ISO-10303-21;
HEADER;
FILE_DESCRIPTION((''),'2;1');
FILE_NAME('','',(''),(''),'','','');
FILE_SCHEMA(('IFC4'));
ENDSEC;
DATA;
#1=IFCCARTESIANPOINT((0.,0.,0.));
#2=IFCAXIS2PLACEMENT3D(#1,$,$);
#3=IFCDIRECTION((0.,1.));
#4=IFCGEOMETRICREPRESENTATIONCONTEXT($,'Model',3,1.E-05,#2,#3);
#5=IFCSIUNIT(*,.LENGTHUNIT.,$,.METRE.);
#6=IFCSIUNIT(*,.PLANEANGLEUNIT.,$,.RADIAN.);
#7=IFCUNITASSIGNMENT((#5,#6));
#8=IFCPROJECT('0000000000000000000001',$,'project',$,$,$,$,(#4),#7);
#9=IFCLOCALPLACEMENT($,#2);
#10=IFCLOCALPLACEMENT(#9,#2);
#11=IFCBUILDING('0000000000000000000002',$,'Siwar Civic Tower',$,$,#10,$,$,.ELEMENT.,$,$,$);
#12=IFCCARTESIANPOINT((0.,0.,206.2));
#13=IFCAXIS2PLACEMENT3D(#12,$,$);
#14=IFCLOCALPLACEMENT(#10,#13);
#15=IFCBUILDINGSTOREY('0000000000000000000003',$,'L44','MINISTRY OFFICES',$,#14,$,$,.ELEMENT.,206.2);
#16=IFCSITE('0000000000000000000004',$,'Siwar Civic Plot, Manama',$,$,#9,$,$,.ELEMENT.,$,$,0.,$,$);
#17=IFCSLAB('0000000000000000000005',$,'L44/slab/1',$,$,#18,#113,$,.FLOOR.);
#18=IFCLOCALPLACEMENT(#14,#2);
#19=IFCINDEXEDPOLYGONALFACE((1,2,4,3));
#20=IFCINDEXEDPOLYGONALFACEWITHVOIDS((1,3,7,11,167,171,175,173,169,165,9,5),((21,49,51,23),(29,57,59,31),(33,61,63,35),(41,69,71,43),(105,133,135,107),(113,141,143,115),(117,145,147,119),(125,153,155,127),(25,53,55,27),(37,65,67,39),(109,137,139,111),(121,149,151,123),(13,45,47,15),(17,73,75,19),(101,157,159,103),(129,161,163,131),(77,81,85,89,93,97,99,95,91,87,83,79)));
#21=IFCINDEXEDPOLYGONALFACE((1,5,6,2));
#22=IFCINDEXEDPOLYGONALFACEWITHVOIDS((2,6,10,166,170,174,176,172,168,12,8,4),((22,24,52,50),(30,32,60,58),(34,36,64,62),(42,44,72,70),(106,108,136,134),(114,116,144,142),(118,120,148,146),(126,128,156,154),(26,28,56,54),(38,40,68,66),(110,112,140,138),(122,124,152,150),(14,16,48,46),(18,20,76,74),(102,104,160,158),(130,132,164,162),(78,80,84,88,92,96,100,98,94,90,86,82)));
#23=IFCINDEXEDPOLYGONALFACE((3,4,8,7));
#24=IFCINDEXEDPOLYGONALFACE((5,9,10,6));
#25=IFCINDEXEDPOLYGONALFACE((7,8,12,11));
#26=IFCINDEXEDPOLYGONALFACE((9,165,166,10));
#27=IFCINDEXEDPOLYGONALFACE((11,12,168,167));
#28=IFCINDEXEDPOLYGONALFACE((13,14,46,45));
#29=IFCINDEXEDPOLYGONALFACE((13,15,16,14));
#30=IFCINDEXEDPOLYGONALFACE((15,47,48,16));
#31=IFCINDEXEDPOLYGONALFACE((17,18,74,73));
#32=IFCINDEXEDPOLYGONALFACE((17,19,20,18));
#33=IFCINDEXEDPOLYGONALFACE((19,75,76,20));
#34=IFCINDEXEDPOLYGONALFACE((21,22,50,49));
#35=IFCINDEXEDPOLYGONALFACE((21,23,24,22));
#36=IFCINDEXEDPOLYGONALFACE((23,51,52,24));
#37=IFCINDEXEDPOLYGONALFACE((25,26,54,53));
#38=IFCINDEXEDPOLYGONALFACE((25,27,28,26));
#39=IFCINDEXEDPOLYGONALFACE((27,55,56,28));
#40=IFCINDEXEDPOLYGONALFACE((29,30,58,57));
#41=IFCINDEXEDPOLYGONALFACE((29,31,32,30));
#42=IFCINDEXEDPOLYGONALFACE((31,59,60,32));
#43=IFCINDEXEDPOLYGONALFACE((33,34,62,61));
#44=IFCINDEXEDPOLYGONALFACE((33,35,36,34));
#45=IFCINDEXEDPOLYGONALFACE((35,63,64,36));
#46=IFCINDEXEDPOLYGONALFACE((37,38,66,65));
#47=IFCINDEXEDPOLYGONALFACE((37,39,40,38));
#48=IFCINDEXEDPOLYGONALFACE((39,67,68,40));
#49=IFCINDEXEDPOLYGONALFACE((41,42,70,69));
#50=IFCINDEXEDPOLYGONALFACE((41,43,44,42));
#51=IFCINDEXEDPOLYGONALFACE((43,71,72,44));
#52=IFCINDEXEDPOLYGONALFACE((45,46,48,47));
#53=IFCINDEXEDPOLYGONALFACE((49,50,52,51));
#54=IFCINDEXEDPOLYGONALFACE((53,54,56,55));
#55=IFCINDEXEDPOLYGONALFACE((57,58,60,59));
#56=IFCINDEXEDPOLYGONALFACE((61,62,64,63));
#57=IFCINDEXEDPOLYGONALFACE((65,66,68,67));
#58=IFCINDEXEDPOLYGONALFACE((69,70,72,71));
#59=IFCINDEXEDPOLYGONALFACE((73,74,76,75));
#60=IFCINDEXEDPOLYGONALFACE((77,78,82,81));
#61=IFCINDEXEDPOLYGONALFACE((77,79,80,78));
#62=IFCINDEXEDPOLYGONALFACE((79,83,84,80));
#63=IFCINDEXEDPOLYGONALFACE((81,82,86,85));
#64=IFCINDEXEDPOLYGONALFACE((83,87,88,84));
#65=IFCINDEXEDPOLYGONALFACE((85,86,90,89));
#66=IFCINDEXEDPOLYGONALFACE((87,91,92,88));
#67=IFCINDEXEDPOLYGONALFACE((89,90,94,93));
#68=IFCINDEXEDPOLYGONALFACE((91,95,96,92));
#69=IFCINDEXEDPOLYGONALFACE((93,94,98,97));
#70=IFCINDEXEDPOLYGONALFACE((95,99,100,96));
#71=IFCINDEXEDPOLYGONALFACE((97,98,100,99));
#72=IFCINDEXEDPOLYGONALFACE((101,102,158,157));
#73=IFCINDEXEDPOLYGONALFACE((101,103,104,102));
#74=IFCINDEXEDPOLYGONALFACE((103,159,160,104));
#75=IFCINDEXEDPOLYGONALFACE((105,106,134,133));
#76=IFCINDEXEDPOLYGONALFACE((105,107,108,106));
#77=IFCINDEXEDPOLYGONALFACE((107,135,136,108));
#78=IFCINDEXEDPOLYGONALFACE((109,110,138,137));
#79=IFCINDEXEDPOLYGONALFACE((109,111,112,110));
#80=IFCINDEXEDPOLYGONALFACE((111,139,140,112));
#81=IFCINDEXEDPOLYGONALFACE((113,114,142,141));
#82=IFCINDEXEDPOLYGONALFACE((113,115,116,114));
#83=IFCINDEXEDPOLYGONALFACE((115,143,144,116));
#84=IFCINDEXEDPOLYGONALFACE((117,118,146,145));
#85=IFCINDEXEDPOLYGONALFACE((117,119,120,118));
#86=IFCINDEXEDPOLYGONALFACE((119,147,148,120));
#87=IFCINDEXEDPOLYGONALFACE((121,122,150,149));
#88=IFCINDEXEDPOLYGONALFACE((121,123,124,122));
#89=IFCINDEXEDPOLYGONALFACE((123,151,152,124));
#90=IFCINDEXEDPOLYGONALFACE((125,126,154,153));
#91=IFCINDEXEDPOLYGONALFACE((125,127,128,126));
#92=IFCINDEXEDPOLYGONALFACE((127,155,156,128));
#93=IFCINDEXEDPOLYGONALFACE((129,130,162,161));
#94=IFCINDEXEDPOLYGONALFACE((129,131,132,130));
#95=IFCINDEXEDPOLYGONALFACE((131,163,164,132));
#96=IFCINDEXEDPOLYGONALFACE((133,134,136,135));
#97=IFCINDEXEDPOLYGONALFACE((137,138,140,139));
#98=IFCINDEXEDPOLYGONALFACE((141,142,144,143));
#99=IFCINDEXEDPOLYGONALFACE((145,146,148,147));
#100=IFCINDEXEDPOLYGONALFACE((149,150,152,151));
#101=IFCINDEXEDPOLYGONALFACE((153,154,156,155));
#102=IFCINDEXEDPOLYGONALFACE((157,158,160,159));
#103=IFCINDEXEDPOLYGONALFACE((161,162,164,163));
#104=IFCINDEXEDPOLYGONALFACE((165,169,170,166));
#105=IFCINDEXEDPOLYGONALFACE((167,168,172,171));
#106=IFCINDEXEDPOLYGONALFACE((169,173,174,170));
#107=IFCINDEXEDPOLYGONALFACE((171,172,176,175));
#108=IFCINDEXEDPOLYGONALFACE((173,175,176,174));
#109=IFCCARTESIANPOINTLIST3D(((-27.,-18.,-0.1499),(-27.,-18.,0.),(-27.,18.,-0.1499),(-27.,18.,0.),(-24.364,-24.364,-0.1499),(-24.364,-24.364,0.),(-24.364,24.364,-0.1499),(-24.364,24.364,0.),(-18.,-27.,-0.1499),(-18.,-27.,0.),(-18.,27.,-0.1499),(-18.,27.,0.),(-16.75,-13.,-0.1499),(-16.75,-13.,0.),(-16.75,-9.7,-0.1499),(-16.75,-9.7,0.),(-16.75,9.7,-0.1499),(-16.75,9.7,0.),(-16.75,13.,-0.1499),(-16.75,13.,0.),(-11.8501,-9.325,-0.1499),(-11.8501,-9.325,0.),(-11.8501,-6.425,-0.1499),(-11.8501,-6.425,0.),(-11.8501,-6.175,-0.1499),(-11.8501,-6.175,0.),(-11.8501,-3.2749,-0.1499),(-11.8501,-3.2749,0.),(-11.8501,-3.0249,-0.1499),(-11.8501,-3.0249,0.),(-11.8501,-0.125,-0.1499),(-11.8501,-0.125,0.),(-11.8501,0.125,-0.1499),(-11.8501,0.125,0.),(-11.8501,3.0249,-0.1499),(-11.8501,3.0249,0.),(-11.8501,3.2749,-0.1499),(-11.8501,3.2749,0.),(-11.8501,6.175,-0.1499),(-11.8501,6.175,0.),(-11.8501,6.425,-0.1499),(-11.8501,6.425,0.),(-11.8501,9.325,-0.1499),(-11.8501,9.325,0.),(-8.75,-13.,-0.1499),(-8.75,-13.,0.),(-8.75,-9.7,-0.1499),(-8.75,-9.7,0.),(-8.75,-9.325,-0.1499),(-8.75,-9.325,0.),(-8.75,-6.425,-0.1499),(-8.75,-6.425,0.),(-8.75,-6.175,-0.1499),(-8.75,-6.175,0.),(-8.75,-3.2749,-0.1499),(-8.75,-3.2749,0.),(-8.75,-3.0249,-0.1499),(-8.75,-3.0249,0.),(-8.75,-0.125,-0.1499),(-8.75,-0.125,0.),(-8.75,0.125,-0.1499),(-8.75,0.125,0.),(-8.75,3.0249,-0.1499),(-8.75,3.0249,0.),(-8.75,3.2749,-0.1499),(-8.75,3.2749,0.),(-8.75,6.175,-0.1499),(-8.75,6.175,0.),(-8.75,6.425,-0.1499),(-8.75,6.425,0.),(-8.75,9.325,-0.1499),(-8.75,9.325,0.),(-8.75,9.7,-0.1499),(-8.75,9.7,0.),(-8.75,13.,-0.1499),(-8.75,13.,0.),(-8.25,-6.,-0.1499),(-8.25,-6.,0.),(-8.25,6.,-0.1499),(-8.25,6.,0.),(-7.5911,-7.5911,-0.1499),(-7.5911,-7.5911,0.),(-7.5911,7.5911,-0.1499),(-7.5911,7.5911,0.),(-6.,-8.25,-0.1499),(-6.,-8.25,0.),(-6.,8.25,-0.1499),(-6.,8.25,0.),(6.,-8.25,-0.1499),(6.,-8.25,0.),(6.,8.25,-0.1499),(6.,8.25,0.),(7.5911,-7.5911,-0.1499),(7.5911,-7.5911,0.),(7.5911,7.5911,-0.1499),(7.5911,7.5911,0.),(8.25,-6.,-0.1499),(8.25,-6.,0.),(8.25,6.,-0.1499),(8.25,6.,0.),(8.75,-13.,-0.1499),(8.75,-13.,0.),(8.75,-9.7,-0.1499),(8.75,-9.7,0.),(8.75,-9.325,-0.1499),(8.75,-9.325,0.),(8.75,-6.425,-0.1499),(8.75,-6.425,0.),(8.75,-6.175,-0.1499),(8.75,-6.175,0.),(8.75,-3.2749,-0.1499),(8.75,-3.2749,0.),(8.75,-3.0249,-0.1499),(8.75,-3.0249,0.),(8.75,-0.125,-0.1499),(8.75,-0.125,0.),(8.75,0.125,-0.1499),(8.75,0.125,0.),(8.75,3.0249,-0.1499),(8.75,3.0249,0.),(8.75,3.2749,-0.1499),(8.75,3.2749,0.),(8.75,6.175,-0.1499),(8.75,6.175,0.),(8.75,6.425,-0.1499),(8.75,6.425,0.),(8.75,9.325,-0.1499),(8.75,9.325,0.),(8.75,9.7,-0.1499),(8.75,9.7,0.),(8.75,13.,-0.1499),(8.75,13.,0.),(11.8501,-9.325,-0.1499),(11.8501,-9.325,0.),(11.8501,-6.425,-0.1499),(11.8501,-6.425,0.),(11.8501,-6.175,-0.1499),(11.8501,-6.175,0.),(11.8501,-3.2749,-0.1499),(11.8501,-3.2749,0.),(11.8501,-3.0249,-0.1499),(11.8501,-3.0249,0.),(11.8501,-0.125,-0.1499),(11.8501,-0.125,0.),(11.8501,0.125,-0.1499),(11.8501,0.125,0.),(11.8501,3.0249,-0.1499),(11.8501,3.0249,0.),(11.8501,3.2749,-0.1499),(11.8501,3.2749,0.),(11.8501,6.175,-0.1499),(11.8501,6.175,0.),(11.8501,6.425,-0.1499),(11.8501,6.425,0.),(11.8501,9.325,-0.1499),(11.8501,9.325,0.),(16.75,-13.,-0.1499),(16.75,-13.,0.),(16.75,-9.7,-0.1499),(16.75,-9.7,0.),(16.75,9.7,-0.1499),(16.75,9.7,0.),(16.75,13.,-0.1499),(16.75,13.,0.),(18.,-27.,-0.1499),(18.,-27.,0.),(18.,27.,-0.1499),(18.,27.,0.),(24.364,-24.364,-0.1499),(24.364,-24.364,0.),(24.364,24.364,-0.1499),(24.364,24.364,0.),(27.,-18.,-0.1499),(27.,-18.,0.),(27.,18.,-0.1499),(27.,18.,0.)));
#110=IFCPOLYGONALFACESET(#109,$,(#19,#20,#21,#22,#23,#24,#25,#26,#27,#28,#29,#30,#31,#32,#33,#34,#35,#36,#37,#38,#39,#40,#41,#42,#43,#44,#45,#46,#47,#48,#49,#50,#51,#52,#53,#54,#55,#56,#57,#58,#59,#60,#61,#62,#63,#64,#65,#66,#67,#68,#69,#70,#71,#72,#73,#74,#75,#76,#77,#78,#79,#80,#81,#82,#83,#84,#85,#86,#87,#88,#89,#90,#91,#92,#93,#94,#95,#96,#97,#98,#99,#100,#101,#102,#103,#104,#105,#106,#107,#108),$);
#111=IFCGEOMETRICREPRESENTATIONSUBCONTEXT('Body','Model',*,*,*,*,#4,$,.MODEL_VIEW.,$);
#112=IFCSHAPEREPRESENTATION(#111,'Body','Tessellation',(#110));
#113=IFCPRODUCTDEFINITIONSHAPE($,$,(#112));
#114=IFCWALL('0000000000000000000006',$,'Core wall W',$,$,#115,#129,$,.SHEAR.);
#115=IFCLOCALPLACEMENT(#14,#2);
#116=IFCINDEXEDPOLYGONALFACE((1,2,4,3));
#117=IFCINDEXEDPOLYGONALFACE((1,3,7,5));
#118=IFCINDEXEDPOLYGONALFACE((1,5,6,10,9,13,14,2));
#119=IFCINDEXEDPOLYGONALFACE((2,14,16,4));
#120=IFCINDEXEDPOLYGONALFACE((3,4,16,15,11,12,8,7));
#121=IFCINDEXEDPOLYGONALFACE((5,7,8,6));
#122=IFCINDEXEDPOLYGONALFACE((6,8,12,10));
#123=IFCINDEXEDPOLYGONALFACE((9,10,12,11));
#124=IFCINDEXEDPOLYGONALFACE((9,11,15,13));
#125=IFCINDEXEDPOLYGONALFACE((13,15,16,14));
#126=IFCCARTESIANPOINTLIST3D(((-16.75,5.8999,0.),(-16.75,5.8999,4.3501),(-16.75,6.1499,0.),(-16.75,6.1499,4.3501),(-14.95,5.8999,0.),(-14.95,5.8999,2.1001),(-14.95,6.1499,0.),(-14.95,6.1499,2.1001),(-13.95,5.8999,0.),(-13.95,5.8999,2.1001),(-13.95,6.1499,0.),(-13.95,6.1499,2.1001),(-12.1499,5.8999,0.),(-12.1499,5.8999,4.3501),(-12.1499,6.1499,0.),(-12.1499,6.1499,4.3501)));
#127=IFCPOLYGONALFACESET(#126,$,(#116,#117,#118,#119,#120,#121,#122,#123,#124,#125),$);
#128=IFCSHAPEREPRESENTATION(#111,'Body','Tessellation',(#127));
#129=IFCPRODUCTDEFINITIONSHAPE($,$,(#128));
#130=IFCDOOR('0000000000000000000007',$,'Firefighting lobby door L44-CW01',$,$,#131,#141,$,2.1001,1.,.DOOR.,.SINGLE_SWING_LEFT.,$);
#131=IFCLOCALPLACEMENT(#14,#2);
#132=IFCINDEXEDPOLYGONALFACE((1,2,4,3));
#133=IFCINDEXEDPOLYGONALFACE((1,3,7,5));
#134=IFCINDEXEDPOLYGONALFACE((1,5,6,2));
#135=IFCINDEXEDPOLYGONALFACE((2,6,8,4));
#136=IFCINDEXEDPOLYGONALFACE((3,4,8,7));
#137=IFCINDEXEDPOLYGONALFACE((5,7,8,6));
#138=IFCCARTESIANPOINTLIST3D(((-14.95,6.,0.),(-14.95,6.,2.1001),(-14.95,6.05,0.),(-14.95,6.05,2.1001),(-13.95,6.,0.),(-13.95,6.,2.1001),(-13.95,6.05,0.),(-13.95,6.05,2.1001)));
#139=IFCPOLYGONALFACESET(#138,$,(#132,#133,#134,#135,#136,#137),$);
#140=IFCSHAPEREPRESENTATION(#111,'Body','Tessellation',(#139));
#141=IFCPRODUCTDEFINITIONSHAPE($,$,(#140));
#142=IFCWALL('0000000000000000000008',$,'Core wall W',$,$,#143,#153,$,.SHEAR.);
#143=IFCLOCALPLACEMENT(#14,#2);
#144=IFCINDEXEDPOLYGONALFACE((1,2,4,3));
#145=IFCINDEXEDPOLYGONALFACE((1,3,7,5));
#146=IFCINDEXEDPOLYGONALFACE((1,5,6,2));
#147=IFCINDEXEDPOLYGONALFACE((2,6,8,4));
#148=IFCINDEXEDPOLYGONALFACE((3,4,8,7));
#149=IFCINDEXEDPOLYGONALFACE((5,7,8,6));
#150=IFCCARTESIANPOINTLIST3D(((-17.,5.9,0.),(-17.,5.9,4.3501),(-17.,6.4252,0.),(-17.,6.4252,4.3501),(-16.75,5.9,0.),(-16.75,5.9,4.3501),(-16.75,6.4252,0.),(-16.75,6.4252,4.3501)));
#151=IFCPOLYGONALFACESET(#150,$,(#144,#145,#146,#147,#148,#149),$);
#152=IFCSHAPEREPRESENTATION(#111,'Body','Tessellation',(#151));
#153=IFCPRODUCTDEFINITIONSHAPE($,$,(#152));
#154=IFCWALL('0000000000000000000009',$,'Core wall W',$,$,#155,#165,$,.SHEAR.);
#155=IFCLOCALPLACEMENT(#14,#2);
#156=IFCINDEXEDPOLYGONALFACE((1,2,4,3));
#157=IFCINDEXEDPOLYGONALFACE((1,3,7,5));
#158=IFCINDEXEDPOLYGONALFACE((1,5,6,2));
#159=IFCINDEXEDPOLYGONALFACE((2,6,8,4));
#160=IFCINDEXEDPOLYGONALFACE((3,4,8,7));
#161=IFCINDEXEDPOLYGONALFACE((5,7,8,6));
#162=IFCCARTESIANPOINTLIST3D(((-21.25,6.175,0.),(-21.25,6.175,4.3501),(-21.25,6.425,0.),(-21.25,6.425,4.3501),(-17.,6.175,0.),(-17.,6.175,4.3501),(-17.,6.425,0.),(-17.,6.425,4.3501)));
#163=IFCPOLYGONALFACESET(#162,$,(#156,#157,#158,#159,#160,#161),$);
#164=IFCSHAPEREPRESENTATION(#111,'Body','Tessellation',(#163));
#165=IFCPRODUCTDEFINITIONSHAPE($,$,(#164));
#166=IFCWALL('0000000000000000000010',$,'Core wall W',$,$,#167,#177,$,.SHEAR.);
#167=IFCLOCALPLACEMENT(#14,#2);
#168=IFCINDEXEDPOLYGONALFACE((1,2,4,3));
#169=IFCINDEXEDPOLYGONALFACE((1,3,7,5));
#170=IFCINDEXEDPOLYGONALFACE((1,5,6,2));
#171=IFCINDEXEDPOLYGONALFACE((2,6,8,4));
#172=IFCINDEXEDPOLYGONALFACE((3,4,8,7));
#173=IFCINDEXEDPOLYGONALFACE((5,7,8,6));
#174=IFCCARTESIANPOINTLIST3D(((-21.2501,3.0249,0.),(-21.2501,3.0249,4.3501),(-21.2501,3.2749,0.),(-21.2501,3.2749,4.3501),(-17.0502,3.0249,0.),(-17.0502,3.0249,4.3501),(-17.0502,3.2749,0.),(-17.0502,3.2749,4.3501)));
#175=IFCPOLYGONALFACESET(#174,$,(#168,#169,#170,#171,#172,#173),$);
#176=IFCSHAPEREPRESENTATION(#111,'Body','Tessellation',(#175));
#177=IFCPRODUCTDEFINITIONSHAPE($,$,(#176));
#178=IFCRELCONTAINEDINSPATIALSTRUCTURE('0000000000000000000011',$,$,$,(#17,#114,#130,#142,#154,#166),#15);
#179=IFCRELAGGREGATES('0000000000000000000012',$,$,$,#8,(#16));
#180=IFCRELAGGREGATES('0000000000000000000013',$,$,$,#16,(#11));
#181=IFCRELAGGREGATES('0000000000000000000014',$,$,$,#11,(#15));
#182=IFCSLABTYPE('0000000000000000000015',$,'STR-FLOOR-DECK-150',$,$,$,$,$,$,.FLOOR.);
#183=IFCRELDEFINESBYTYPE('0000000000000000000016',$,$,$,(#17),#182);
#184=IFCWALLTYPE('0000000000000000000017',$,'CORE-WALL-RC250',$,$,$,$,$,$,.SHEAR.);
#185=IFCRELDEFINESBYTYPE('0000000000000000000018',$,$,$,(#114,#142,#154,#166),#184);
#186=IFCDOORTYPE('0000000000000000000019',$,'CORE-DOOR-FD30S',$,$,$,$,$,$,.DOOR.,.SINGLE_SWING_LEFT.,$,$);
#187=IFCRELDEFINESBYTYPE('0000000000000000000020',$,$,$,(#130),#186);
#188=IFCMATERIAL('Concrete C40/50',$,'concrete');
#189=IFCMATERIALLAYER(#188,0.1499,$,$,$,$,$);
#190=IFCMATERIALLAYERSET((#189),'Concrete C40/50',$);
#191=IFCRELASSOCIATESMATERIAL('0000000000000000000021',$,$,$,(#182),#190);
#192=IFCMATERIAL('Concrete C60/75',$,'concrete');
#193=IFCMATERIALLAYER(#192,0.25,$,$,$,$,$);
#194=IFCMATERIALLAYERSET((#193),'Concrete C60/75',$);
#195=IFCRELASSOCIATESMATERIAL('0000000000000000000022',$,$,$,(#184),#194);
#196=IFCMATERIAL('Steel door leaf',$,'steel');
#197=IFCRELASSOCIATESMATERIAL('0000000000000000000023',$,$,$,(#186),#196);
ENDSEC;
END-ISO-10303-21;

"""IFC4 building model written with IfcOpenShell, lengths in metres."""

from ifc_helpers import new_model, si_unit, direction, frame, frame_2d, origin, place, context, subcontext, project, spatial, polyline, rectangle, outline, extrude, material, layer, layer_set, type_object, element, fill, save


model = new_model("IFC4")

# Units and contexts
model_context = context("Model", 3, precision=1e-05, world=origin(), true_north=direction((0.0, 1.0)))
body_context = subcontext(model_context, "Body", "Model", "MODEL_VIEW")
ifc_project = project(units=[si_unit("LENGTHUNIT", "METRE"), si_unit("PLANEANGLEUNIT", "RADIAN")], contexts=[model_context])

# Site, building, storey
site_placement = place(None, origin())
site = spatial("IfcSite", under=ifc_project, at=site_placement, Name="Siwar Civic Plot, Manama", CompositionType="ELEMENT", RefElevation=0.0)
building_placement = place(site_placement, origin())
building = spatial("IfcBuilding", under=site, at=building_placement, Name="Siwar Civic Tower", CompositionType="ELEMENT")
storey_placement = place(building_placement, frame((0.0, 0.0, 206.2)))
storey = spatial("IfcBuildingStorey", under=building, at=storey_placement, Name="L44", Description="MINISTRY OFFICES", CompositionType="ELEMENT", Elevation=206.2)

# Slab
ifc_material_1 = material(Name="Concrete C40/50", Category="concrete")
ifc_layer_1 = layer(ifc_material_1, 0.1499)
ifc_layer_set_1 = layer_set([ifc_layer_1], Name="Concrete C40/50")
slab_type_1 = type_object("IfcSlabType", Name="STR-FLOOR-DECK-150", PredefinedType="FLOOR", material=ifc_layer_set_1)
slab_1_placement = place(storey_placement, frame((0.0, 0.0, -0.1499)))
element("IfcSlab", 1, at=slab_1_placement, inside=storey, type_object=slab_type_1, Name="L44/slab/1", PredefinedType="FLOOR", context=body_context, shape_type="SweptSolid", body=[
    extrude(outline(polyline([(-18.0, -27.0), (18.0, -27.0), (24.364, -24.364), (27.0, -18.0), (27.0, 18.0), (24.364, 24.364), (18.0, 27.0), (-18.0, 27.0), (-24.364, 24.364), (-27.0, 18.0), (-27.0, -18.0), (-24.364, -24.364), (-18.0, -27.0)]), holes=[polyline([(16.75, 13.0), (16.75, 9.7), (8.75, 9.7), (8.75, 13.0), (16.75, 13.0)]), polyline([(8.75, -9.7), (16.75, -9.7), (16.75, -13.0), (8.75, -13.0), (8.75, -9.7)]), polyline([(11.8501, 9.325), (11.8501, 6.425), (8.75, 6.425), (8.75, 9.325), (11.8501, 9.325)]), polyline([(8.75, 6.175), (11.8501, 6.175), (11.8501, 3.2749), (8.75, 3.2749), (8.75, 6.175)]), polyline([(8.75, 3.0249), (11.8501, 3.0249), (11.8501, 0.125), (8.75, 0.125), (8.75, 3.0249)]), polyline([(8.75, -0.125), (11.8501, -0.125), (11.8501, -3.0249), (8.75, -3.0249), (8.75, -0.125)]), polyline([(8.75, -3.2749), (11.8501, -3.2749), (11.8501, -6.175), (8.75, -6.175), (8.75, -3.2749)]), polyline([(8.75, -6.425), (11.8501, -6.425), (11.8501, -9.325), (8.75, -9.325), (8.75, -6.425)]), polyline([(-6.0, 8.25), (6.0, 8.25), (7.5911, 7.5911), (8.25, 6.0), (8.25, -6.0), (7.5911, -7.5911), (6.0, -8.25), (-6.0, -8.25), (-7.5911, -7.5911), (-8.25, -6.0), (-8.25, 6.0), (-7.5911, 7.5911), (-6.0, 8.25)]), polyline([(-8.75, -13.0), (-16.75, -13.0), (-16.75, -9.7), (-8.75, -9.7), (-8.75, -13.0)]), polyline([(-8.75, 9.7), (-16.75, 9.7), (-16.75, 13.0), (-8.75, 13.0), (-8.75, 9.7)]), polyline([(-8.75, 6.425), (-11.8501, 6.425), (-11.8501, 9.325), (-8.75, 9.325), (-8.75, 6.425)]), polyline([(-8.75, 3.2749), (-11.8501, 3.2749), (-11.8501, 6.175), (-8.75, 6.175), (-8.75, 3.2749)]), polyline([(-8.75, 0.125), (-11.8501, 0.125), (-11.8501, 3.0249), (-8.75, 3.0249), (-8.75, 0.125)]), polyline([(-8.75, -3.0249), (-11.8501, -3.0249), (-11.8501, -0.125), (-8.75, -0.125), (-8.75, -3.0249)]), polyline([(-8.75, -6.175), (-11.8501, -6.175), (-11.8501, -3.2749), (-8.75, -3.2749), (-8.75, -6.175)]), polyline([(-8.75, -9.325), (-11.8501, -9.325), (-11.8501, -6.425), (-8.75, -6.425), (-8.75, -9.325)])]), origin(), (0.0, 0.0, 1.0), 0.1499),
])

# Wall, opening, door
ifc_material_2 = material(Name="Concrete C60/75", Category="concrete")
ifc_layer_2 = layer(ifc_material_2, 0.25)
ifc_layer_set_2 = layer_set([ifc_layer_2], Name="Concrete C60/75")
wall_type_1 = type_object("IfcWallType", Name="CORE-WALL-RC250", PredefinedType="SHEAR", material=ifc_layer_set_2)
wall_1_placement = place(storey_placement, frame((-12.1499, 6.0249, 0.0), z_axis=(0.0, 0.0, 1.0), x_axis=(-1.0, 0.0, 0.0)))
wall_1 = element("IfcWall", 2, at=wall_1_placement, inside=storey, type_object=wall_type_1, Name="Core wall W", PredefinedType="SHEAR", context=body_context, shape_type="SweptSolid", body=[
    extrude(rectangle(XDim=4.6001, YDim=0.25, at=frame_2d((2.3, 0.0))), origin(), (0.0, 0.0, 1.0), 4.3501),
])
opening_placement = place(wall_1_placement, frame((1.8, 0.0, 0.0)))
opening = element("IfcOpeningElement", 3, at=opening_placement, cuts=wall_1, PredefinedType="OPENING", context=body_context, shape_type="SweptSolid", body=[
    extrude(rectangle(XDim=1.0, YDim=2.1001, at=frame_2d((0.5, 1.05))), frame((0.0, 0.135, 0.0), z_axis=(0.0, -1.0, 0.0), x_axis=(1.0, 0.0, 0.0)), (0.0, 0.0, 1.0), 0.27),
])
ifc_material_3 = material(Name="Steel door leaf", Category="steel")
door_type = type_object("IfcDoorType", Name="CORE-DOOR-FD30S", OperationType="SINGLE_SWING_LEFT", PredefinedType="DOOR", material=ifc_material_3)
door_placement = place(opening_placement, origin())
door = element("IfcDoor", 4, at=door_placement, inside=storey, type_object=door_type, Name="Firefighting lobby door L44-CW01", OperationType="SINGLE_SWING_LEFT", OverallHeight=2.1001, OverallWidth=1.0, PredefinedType="DOOR", context=body_context, shape_type="SweptSolid", body=[
    extrude(rectangle(XDim=1.0, YDim=2.1001, at=frame_2d((0.5, 1.05))), frame((0.0, 0.0249, 0.0), z_axis=(0.0, -1.0, 0.0), x_axis=(1.0, 0.0, 0.0)), (0.0, 0.0, 1.0), 0.05),
])
fill(opening, door)

# Walls
wall_2_placement = place(storey_placement, frame((-16.875, 5.8999, 0.0), z_axis=(0.0, 0.0, 1.0), x_axis=(0.0, 1.0, 0.0)))
element("IfcWall", 5, at=wall_2_placement, inside=storey, type_object=wall_type_1, Name="Core wall W", PredefinedType="SHEAR", context=body_context, shape_type="SweptSolid", body=[
    extrude(rectangle(XDim=0.5251, YDim=0.25, at=frame_2d((0.2627, 0.0))), origin(), (0.0, 0.0, 1.0), 4.3501),
])
wall_3_placement = place(storey_placement, frame((-17.0, 6.3, 0.0), z_axis=(0.0, 0.0, 1.0), x_axis=(-1.0, 0.0, 0.0)))
element("IfcWall", 6, at=wall_3_placement, inside=storey, type_object=wall_type_1, Name="Core wall W", PredefinedType="SHEAR", context=body_context, shape_type="SweptSolid", body=[
    extrude(rectangle(XDim=4.25, YDim=0.25, at=frame_2d((2.125, 0.0))), origin(), (0.0, 0.0, 1.0), 4.3501),
])
wall_4_placement = place(storey_placement, frame((-17.05, 3.1499, 0.0), z_axis=(0.0, 0.0, 1.0), x_axis=(-1.0, 0.0, 0.0)))
element("IfcWall", 7, at=wall_4_placement, inside=storey, type_object=wall_type_1, Name="Core wall W", PredefinedType="SHEAR", context=body_context, shape_type="SweptSolid", body=[
    extrude(rectangle(XDim=4.2, YDim=0.25, at=frame_2d((2.1001, 0.0))), origin(), (0.0, 0.0, 1.0), 4.3501),
])

save(model, "model.ifc")
